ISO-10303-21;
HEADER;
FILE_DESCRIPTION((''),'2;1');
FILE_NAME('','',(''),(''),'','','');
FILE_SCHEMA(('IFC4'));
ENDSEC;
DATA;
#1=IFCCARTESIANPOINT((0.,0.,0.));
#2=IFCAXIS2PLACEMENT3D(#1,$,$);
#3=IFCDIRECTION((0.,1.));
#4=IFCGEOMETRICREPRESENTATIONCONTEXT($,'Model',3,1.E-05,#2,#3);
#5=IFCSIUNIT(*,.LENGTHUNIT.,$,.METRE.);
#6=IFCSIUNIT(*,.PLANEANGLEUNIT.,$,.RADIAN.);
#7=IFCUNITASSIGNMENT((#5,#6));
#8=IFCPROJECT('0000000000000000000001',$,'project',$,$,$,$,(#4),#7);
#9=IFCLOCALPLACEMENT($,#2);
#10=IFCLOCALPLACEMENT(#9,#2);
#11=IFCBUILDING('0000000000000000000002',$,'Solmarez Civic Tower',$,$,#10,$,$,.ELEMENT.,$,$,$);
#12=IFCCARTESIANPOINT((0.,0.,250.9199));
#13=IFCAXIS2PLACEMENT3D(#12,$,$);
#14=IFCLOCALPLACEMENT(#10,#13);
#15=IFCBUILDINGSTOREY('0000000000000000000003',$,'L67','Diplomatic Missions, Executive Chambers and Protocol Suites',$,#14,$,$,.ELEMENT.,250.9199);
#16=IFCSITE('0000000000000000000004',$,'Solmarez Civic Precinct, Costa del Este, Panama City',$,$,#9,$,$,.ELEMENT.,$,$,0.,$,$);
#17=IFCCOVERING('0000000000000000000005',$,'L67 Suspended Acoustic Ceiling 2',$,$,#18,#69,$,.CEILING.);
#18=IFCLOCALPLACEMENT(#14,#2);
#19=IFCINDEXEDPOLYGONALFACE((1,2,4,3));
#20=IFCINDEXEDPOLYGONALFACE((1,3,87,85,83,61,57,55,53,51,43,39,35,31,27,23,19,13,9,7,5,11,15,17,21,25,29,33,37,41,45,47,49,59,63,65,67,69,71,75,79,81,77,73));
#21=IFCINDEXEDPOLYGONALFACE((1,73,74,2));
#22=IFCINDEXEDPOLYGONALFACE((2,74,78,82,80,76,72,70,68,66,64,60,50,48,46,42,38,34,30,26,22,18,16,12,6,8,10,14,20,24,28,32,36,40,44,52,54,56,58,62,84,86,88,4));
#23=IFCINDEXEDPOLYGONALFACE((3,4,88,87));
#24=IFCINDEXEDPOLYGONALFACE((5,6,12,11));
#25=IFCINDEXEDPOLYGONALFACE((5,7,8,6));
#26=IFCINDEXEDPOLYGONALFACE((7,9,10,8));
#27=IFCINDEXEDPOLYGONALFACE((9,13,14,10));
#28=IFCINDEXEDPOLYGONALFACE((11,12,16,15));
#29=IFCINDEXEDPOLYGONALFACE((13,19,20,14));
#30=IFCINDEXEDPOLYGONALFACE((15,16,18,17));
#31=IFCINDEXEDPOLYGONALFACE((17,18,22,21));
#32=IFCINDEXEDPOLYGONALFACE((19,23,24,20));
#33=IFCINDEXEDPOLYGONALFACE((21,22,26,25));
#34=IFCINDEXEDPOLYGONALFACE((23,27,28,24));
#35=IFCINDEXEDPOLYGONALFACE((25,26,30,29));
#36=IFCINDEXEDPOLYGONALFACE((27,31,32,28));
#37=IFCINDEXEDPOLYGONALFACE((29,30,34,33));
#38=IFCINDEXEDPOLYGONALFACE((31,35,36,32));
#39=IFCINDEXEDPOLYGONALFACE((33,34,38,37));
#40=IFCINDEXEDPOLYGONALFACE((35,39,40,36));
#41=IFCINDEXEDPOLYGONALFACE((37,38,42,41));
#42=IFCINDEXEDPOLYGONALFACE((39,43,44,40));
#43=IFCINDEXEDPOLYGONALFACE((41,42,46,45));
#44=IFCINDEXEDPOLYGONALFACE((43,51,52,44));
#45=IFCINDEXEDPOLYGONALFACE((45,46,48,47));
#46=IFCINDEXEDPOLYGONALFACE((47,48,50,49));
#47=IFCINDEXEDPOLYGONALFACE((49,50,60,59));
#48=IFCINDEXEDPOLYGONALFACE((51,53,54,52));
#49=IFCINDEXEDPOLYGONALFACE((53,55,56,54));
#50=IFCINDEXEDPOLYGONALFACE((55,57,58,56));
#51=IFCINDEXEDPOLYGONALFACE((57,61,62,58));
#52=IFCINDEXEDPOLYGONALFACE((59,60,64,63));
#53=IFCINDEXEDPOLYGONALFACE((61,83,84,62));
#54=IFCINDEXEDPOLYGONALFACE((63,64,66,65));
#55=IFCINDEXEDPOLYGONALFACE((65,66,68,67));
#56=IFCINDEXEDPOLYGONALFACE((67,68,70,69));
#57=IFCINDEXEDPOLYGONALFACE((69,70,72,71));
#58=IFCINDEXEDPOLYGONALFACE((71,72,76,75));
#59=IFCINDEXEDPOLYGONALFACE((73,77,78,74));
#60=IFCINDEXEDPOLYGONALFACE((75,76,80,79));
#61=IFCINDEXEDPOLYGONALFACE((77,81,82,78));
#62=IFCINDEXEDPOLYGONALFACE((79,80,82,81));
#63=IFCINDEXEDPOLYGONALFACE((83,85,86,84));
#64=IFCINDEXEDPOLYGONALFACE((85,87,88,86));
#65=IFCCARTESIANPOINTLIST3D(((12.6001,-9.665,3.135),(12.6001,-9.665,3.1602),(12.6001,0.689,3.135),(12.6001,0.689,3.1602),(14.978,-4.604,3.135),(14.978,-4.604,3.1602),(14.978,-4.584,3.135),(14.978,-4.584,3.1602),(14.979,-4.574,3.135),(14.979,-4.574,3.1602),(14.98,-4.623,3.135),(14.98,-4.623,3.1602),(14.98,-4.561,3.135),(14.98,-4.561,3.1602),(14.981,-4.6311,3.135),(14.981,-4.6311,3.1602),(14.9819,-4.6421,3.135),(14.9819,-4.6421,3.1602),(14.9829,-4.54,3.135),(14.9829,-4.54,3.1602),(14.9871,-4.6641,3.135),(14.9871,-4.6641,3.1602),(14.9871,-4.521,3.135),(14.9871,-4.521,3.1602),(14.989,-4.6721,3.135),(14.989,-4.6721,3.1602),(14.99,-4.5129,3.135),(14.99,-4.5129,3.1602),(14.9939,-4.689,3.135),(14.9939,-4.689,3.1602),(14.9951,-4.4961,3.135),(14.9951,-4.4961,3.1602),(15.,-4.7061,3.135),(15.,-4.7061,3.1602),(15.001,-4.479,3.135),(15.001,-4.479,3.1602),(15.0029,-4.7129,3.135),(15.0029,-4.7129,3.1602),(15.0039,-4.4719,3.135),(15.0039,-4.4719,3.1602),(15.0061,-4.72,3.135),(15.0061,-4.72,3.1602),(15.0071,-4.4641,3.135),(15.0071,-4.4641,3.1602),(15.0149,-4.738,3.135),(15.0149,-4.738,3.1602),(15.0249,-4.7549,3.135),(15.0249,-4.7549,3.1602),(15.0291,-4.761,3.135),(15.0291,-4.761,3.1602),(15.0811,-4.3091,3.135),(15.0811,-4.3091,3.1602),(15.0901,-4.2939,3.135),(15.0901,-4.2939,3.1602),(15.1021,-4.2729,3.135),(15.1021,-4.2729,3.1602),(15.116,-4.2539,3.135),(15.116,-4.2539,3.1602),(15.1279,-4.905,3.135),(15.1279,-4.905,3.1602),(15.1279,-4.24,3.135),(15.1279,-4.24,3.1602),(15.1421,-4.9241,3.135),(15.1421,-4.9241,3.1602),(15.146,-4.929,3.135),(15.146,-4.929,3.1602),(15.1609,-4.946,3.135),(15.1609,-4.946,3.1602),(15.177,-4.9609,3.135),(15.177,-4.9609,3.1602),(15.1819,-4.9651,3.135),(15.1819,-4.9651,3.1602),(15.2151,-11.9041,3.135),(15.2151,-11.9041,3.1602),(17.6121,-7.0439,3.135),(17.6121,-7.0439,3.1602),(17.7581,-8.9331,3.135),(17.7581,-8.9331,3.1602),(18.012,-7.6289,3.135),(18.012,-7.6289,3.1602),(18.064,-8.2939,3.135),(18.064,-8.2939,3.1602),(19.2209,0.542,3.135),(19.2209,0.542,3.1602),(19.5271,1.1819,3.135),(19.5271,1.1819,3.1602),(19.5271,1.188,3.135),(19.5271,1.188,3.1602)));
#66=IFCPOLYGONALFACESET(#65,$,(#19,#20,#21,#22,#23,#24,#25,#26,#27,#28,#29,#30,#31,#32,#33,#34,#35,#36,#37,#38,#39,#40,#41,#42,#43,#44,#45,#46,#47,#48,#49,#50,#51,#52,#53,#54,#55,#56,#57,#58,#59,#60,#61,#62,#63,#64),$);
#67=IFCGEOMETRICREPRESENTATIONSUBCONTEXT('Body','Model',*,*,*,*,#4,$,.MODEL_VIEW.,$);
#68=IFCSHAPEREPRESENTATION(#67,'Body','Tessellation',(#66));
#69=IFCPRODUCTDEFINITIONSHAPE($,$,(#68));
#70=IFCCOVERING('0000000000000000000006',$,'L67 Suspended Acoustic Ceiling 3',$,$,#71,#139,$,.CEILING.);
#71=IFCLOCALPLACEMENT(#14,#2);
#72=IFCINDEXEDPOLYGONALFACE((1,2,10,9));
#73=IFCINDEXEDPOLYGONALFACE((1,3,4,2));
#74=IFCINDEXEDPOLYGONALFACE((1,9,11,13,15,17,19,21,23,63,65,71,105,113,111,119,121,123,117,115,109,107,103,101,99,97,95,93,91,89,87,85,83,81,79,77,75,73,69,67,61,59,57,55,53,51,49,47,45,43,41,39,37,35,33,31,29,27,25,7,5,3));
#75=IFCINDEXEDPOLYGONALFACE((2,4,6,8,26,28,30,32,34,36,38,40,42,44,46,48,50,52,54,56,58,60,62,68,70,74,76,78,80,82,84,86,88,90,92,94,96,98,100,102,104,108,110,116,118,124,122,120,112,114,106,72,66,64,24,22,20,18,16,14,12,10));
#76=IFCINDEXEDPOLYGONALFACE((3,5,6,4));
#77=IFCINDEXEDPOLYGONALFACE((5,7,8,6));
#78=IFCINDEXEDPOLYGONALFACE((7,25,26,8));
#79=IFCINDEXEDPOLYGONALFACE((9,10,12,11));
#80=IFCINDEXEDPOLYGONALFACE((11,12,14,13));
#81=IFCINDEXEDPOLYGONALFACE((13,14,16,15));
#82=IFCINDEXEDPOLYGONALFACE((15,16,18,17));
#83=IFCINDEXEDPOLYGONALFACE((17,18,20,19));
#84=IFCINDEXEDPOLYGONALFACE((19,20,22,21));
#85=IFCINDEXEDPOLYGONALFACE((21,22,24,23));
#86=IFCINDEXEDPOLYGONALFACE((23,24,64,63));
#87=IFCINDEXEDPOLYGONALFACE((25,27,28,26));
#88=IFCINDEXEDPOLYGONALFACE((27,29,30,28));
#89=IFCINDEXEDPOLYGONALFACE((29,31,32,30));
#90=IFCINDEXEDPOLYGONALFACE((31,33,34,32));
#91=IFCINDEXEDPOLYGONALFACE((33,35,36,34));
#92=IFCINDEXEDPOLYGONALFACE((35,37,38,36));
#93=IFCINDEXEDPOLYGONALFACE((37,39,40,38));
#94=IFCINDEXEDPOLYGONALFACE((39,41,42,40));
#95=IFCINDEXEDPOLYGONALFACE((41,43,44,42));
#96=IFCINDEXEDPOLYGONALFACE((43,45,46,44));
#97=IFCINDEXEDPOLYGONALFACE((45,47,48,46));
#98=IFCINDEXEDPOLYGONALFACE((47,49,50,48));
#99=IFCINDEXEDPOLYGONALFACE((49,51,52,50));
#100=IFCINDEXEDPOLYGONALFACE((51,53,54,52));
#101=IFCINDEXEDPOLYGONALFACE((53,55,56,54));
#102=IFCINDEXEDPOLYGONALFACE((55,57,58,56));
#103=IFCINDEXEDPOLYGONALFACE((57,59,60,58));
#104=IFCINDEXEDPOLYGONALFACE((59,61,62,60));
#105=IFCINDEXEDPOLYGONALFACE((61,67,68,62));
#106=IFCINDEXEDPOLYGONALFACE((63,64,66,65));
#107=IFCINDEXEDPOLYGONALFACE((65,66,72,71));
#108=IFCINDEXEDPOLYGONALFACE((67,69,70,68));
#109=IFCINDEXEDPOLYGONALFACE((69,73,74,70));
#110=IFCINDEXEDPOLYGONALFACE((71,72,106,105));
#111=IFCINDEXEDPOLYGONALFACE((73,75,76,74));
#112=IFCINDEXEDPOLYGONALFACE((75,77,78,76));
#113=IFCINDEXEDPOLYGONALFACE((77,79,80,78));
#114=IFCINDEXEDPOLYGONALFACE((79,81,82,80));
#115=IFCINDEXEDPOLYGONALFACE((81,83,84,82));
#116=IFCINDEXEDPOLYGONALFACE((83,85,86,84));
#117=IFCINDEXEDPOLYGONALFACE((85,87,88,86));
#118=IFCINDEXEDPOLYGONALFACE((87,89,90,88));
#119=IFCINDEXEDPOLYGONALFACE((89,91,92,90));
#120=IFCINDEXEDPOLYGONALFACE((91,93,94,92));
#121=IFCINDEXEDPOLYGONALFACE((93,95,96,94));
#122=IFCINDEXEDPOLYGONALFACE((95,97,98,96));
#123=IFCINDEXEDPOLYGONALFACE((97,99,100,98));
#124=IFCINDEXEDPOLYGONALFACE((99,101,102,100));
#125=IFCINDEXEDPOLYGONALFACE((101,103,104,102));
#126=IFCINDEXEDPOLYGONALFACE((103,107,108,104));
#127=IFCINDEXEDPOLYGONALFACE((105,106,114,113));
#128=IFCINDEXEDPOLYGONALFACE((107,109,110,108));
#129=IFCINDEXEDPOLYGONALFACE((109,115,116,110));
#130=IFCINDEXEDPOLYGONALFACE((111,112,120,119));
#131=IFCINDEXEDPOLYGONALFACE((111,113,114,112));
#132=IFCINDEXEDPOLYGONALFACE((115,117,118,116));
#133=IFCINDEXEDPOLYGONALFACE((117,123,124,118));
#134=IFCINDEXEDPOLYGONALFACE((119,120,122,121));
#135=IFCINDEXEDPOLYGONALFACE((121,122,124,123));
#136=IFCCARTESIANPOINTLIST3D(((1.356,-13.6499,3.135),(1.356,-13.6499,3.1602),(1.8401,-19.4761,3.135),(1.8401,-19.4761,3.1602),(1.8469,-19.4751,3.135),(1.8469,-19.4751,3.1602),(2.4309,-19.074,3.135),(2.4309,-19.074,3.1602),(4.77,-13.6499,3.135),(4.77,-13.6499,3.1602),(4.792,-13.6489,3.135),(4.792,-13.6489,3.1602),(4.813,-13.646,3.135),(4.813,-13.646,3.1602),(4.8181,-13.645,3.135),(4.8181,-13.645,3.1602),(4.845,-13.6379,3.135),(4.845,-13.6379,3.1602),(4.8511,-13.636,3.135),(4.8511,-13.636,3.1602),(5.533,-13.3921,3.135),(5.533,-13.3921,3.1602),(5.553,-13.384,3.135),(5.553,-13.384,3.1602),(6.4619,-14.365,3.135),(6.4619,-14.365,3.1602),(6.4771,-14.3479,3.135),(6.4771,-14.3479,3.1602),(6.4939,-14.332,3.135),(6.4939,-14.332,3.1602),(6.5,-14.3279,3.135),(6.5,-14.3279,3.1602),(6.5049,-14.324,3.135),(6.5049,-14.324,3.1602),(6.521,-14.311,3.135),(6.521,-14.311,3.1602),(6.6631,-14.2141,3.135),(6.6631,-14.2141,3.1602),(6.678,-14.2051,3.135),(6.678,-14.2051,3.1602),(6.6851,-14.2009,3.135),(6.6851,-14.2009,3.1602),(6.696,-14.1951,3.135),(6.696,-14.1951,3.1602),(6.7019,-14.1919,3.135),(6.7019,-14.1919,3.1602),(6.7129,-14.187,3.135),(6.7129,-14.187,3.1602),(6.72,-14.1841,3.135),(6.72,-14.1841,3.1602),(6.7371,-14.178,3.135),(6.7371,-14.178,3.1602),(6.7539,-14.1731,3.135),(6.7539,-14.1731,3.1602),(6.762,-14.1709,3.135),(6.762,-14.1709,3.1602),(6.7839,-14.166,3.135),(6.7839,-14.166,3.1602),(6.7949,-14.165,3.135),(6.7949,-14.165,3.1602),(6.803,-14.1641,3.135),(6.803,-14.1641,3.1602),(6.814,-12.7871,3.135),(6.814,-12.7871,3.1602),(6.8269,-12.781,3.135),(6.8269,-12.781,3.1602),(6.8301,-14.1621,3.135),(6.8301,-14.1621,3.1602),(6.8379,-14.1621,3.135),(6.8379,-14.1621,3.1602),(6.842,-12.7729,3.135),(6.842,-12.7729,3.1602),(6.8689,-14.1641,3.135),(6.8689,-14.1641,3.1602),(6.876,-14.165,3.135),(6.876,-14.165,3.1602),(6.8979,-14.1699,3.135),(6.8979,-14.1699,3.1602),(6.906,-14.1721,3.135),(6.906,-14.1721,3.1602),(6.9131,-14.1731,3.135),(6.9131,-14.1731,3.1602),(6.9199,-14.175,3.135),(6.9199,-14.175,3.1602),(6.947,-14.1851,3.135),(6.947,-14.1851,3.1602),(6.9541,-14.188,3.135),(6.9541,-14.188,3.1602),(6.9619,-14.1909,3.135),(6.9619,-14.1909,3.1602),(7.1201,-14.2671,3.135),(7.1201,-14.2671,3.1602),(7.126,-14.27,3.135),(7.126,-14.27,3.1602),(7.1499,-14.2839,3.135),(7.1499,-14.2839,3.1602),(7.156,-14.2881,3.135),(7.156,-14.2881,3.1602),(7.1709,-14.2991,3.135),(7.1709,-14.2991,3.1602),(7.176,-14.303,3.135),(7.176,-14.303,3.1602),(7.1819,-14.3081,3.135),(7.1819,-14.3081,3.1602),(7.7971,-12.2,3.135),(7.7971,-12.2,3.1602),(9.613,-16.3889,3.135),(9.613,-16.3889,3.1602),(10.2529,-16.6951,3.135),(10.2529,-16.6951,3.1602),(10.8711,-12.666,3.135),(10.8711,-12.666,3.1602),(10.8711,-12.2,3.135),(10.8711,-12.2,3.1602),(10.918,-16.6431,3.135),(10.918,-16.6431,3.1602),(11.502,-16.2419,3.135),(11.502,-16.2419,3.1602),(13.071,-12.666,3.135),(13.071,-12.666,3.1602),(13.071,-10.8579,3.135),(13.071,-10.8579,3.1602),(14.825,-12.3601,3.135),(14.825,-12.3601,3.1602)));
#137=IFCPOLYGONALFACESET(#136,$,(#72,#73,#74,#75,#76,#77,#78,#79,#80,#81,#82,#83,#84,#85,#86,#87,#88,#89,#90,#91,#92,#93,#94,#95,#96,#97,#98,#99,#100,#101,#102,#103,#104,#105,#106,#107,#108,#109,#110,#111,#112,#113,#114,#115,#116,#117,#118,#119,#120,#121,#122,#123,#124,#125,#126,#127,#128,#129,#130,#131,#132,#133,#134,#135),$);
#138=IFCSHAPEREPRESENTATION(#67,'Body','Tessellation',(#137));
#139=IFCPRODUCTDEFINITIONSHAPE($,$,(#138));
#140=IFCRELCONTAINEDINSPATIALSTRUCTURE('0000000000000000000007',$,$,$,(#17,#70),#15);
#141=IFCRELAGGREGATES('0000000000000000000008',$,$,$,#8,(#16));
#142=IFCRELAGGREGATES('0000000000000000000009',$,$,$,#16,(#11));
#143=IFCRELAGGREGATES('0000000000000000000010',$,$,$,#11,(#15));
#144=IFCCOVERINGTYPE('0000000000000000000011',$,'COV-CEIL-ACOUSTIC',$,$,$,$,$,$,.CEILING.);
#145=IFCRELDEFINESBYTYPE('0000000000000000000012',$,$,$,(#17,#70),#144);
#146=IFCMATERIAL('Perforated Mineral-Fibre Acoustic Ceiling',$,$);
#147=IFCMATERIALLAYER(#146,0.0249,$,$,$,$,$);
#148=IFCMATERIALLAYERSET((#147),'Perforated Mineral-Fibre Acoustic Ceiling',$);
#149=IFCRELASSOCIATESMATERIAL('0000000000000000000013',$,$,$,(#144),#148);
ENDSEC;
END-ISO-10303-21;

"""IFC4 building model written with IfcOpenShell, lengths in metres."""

from ifc_helpers import new_model, si_unit, direction, frame, origin, place, context, subcontext, project, spatial, polyline, outline, extrude, material, layer, layer_set, type_object, element, save


model = new_model("IFC4")

# Units and contexts
model_context = context("Model", 3, precision=1e-05, world=origin(), true_north=direction((0.0, 1.0)))
body_context = subcontext(model_context, "Body", "Model", "MODEL_VIEW")
ifc_project = project(units=[si_unit("LENGTHUNIT", "METRE"), si_unit("PLANEANGLEUNIT", "RADIAN")], contexts=[model_context])

# Site, building, storey
site_placement = place(None, origin())
site = spatial("IfcSite", under=ifc_project, at=site_placement, Name="Solmarez Civic Precinct, Costa del Este, Panama City", CompositionType="ELEMENT", RefElevation=0.0)
building_placement = place(site_placement, origin())
building = spatial("IfcBuilding", under=site, at=building_placement, Name="Solmarez Civic Tower", CompositionType="ELEMENT")
storey_placement = place(building_placement, frame((0.0, 0.0, 250.9199)))
storey = spatial("IfcBuildingStorey", under=building, at=storey_placement, Name="L67", Description="Diplomatic Missions, Executive Chambers and Protocol Suites", CompositionType="ELEMENT", Elevation=250.9199)

# Coverings
ifc_material_1 = material(Name="Perforated Mineral-Fibre Acoustic Ceiling")
ifc_layer_1 = layer(ifc_material_1, 0.0249)
ifc_layer_set_1 = layer_set([ifc_layer_1], Name="Perforated Mineral-Fibre Acoustic Ceiling")
covering_type_1 = type_object("IfcCoveringType", Name="COV-CEIL-ACOUSTIC", PredefinedType="CEILING", material=ifc_layer_set_1)
covering_1_placement = place(storey_placement, frame((0.0, 0.0, 3.135)))
element("IfcCovering", 1, at=covering_1_placement, inside=storey, type_object=covering_type_1, Name="L67 Suspended Acoustic Ceiling 2", PredefinedType="CEILING", context=body_context, shape_type="SweptSolid", body=[
    extrude(outline(polyline([(12.6001, 0.689), (12.6001, -9.665), (15.2151, -11.9041), (17.7581, -8.9331), (18.064, -8.2939), (18.012, -7.6289), (17.6121, -7.0439), (15.1819, -4.9651), (15.177, -4.9609), (15.1609, -4.946), (15.146, -4.929), (15.1421, -4.9241), (15.1279, -4.905), (15.0291, -4.761), (15.0249, -4.7549), (15.0149, -4.738), (15.0061, -4.72), (15.0029, -4.7129), (15.0, -4.7061), (14.9939, -4.689), (14.989, -4.6721), (14.9871, -4.6641), (14.9819, -4.6421), (14.981, -4.6311), (14.98, -4.623), (14.978, -4.604), (14.978, -4.584), (14.979, -4.574), (14.98, -4.561), (14.9829, -4.54), (14.9871, -4.521), (14.99, -4.5129), (14.9951, -4.4961), (15.001, -4.479), (15.0039, -4.4719), (15.0071, -4.4641), (15.0811, -4.3091), (15.0901, -4.2939), (15.1021, -4.2729), (15.116, -4.2539), (15.1279, -4.24), (19.2209, 0.542), (19.5271, 1.1819), (19.5271, 1.188), (12.6001, 0.689)])), origin(), (0.0, 0.0, 1.0), 0.0251),
])
covering_2_placement = place(storey_placement, frame((0.0, 0.0, 3.135)))
element("IfcCovering", 2, at=covering_2_placement, inside=storey, type_object=covering_type_1, Name="L67 Suspended Acoustic Ceiling 3", PredefinedType="CEILING", context=body_context, shape_type="SweptSolid", body=[
    extrude(outline(polyline([(6.5, -14.3279), (6.5049, -14.324), (6.521, -14.311), (6.6631, -14.2141), (6.678, -14.2051), (6.6851, -14.2009), (6.696, -14.1951), (6.7019, -14.1919), (6.7129, -14.187), (6.72, -14.1841), (6.7371, -14.178), (6.7539, -14.1731), (6.762, -14.1709), (6.7839, -14.166), (6.7949, -14.165), (6.803, -14.1641), (6.8301, -14.1621), (6.8379, -14.1621), (6.8689, -14.1641), (6.876, -14.165), (6.8979, -14.1699), (6.906, -14.1721), (6.9131, -14.1731), (6.9199, -14.175), (6.947, -14.1851), (6.9541, -14.188), (6.9619, -14.1909), (7.1201, -14.2671), (7.126, -14.27), (7.1499, -14.2839), (7.156, -14.2881), (7.1709, -14.2991), (7.176, -14.303), (7.1819, -14.3081), (9.613, -16.3889), (10.2529, -16.6951), (10.918, -16.6431), (11.502, -16.2419), (14.825, -12.3601), (13.071, -10.8579), (13.071, -12.666), (10.8711, -12.666), (10.8711, -12.2), (7.7971, -12.2), (6.842, -12.7729), (6.8269, -12.781), (6.814, -12.7871), (5.553, -13.384), (5.533, -13.3921), (4.8511, -13.636), (4.845, -13.6379), (4.8181, -13.645), (4.813, -13.646), (4.792, -13.6489), (4.77, -13.6499), (1.356, -13.6499), (1.8401, -19.4761), (1.8469, -19.4751), (2.4309, -19.074), (6.4619, -14.365), (6.4771, -14.3479), (6.4939, -14.332), (6.5, -14.3279)])), origin(), (0.0, 0.0, 1.0), 0.0251),
])

save(model, "model.ifc")
